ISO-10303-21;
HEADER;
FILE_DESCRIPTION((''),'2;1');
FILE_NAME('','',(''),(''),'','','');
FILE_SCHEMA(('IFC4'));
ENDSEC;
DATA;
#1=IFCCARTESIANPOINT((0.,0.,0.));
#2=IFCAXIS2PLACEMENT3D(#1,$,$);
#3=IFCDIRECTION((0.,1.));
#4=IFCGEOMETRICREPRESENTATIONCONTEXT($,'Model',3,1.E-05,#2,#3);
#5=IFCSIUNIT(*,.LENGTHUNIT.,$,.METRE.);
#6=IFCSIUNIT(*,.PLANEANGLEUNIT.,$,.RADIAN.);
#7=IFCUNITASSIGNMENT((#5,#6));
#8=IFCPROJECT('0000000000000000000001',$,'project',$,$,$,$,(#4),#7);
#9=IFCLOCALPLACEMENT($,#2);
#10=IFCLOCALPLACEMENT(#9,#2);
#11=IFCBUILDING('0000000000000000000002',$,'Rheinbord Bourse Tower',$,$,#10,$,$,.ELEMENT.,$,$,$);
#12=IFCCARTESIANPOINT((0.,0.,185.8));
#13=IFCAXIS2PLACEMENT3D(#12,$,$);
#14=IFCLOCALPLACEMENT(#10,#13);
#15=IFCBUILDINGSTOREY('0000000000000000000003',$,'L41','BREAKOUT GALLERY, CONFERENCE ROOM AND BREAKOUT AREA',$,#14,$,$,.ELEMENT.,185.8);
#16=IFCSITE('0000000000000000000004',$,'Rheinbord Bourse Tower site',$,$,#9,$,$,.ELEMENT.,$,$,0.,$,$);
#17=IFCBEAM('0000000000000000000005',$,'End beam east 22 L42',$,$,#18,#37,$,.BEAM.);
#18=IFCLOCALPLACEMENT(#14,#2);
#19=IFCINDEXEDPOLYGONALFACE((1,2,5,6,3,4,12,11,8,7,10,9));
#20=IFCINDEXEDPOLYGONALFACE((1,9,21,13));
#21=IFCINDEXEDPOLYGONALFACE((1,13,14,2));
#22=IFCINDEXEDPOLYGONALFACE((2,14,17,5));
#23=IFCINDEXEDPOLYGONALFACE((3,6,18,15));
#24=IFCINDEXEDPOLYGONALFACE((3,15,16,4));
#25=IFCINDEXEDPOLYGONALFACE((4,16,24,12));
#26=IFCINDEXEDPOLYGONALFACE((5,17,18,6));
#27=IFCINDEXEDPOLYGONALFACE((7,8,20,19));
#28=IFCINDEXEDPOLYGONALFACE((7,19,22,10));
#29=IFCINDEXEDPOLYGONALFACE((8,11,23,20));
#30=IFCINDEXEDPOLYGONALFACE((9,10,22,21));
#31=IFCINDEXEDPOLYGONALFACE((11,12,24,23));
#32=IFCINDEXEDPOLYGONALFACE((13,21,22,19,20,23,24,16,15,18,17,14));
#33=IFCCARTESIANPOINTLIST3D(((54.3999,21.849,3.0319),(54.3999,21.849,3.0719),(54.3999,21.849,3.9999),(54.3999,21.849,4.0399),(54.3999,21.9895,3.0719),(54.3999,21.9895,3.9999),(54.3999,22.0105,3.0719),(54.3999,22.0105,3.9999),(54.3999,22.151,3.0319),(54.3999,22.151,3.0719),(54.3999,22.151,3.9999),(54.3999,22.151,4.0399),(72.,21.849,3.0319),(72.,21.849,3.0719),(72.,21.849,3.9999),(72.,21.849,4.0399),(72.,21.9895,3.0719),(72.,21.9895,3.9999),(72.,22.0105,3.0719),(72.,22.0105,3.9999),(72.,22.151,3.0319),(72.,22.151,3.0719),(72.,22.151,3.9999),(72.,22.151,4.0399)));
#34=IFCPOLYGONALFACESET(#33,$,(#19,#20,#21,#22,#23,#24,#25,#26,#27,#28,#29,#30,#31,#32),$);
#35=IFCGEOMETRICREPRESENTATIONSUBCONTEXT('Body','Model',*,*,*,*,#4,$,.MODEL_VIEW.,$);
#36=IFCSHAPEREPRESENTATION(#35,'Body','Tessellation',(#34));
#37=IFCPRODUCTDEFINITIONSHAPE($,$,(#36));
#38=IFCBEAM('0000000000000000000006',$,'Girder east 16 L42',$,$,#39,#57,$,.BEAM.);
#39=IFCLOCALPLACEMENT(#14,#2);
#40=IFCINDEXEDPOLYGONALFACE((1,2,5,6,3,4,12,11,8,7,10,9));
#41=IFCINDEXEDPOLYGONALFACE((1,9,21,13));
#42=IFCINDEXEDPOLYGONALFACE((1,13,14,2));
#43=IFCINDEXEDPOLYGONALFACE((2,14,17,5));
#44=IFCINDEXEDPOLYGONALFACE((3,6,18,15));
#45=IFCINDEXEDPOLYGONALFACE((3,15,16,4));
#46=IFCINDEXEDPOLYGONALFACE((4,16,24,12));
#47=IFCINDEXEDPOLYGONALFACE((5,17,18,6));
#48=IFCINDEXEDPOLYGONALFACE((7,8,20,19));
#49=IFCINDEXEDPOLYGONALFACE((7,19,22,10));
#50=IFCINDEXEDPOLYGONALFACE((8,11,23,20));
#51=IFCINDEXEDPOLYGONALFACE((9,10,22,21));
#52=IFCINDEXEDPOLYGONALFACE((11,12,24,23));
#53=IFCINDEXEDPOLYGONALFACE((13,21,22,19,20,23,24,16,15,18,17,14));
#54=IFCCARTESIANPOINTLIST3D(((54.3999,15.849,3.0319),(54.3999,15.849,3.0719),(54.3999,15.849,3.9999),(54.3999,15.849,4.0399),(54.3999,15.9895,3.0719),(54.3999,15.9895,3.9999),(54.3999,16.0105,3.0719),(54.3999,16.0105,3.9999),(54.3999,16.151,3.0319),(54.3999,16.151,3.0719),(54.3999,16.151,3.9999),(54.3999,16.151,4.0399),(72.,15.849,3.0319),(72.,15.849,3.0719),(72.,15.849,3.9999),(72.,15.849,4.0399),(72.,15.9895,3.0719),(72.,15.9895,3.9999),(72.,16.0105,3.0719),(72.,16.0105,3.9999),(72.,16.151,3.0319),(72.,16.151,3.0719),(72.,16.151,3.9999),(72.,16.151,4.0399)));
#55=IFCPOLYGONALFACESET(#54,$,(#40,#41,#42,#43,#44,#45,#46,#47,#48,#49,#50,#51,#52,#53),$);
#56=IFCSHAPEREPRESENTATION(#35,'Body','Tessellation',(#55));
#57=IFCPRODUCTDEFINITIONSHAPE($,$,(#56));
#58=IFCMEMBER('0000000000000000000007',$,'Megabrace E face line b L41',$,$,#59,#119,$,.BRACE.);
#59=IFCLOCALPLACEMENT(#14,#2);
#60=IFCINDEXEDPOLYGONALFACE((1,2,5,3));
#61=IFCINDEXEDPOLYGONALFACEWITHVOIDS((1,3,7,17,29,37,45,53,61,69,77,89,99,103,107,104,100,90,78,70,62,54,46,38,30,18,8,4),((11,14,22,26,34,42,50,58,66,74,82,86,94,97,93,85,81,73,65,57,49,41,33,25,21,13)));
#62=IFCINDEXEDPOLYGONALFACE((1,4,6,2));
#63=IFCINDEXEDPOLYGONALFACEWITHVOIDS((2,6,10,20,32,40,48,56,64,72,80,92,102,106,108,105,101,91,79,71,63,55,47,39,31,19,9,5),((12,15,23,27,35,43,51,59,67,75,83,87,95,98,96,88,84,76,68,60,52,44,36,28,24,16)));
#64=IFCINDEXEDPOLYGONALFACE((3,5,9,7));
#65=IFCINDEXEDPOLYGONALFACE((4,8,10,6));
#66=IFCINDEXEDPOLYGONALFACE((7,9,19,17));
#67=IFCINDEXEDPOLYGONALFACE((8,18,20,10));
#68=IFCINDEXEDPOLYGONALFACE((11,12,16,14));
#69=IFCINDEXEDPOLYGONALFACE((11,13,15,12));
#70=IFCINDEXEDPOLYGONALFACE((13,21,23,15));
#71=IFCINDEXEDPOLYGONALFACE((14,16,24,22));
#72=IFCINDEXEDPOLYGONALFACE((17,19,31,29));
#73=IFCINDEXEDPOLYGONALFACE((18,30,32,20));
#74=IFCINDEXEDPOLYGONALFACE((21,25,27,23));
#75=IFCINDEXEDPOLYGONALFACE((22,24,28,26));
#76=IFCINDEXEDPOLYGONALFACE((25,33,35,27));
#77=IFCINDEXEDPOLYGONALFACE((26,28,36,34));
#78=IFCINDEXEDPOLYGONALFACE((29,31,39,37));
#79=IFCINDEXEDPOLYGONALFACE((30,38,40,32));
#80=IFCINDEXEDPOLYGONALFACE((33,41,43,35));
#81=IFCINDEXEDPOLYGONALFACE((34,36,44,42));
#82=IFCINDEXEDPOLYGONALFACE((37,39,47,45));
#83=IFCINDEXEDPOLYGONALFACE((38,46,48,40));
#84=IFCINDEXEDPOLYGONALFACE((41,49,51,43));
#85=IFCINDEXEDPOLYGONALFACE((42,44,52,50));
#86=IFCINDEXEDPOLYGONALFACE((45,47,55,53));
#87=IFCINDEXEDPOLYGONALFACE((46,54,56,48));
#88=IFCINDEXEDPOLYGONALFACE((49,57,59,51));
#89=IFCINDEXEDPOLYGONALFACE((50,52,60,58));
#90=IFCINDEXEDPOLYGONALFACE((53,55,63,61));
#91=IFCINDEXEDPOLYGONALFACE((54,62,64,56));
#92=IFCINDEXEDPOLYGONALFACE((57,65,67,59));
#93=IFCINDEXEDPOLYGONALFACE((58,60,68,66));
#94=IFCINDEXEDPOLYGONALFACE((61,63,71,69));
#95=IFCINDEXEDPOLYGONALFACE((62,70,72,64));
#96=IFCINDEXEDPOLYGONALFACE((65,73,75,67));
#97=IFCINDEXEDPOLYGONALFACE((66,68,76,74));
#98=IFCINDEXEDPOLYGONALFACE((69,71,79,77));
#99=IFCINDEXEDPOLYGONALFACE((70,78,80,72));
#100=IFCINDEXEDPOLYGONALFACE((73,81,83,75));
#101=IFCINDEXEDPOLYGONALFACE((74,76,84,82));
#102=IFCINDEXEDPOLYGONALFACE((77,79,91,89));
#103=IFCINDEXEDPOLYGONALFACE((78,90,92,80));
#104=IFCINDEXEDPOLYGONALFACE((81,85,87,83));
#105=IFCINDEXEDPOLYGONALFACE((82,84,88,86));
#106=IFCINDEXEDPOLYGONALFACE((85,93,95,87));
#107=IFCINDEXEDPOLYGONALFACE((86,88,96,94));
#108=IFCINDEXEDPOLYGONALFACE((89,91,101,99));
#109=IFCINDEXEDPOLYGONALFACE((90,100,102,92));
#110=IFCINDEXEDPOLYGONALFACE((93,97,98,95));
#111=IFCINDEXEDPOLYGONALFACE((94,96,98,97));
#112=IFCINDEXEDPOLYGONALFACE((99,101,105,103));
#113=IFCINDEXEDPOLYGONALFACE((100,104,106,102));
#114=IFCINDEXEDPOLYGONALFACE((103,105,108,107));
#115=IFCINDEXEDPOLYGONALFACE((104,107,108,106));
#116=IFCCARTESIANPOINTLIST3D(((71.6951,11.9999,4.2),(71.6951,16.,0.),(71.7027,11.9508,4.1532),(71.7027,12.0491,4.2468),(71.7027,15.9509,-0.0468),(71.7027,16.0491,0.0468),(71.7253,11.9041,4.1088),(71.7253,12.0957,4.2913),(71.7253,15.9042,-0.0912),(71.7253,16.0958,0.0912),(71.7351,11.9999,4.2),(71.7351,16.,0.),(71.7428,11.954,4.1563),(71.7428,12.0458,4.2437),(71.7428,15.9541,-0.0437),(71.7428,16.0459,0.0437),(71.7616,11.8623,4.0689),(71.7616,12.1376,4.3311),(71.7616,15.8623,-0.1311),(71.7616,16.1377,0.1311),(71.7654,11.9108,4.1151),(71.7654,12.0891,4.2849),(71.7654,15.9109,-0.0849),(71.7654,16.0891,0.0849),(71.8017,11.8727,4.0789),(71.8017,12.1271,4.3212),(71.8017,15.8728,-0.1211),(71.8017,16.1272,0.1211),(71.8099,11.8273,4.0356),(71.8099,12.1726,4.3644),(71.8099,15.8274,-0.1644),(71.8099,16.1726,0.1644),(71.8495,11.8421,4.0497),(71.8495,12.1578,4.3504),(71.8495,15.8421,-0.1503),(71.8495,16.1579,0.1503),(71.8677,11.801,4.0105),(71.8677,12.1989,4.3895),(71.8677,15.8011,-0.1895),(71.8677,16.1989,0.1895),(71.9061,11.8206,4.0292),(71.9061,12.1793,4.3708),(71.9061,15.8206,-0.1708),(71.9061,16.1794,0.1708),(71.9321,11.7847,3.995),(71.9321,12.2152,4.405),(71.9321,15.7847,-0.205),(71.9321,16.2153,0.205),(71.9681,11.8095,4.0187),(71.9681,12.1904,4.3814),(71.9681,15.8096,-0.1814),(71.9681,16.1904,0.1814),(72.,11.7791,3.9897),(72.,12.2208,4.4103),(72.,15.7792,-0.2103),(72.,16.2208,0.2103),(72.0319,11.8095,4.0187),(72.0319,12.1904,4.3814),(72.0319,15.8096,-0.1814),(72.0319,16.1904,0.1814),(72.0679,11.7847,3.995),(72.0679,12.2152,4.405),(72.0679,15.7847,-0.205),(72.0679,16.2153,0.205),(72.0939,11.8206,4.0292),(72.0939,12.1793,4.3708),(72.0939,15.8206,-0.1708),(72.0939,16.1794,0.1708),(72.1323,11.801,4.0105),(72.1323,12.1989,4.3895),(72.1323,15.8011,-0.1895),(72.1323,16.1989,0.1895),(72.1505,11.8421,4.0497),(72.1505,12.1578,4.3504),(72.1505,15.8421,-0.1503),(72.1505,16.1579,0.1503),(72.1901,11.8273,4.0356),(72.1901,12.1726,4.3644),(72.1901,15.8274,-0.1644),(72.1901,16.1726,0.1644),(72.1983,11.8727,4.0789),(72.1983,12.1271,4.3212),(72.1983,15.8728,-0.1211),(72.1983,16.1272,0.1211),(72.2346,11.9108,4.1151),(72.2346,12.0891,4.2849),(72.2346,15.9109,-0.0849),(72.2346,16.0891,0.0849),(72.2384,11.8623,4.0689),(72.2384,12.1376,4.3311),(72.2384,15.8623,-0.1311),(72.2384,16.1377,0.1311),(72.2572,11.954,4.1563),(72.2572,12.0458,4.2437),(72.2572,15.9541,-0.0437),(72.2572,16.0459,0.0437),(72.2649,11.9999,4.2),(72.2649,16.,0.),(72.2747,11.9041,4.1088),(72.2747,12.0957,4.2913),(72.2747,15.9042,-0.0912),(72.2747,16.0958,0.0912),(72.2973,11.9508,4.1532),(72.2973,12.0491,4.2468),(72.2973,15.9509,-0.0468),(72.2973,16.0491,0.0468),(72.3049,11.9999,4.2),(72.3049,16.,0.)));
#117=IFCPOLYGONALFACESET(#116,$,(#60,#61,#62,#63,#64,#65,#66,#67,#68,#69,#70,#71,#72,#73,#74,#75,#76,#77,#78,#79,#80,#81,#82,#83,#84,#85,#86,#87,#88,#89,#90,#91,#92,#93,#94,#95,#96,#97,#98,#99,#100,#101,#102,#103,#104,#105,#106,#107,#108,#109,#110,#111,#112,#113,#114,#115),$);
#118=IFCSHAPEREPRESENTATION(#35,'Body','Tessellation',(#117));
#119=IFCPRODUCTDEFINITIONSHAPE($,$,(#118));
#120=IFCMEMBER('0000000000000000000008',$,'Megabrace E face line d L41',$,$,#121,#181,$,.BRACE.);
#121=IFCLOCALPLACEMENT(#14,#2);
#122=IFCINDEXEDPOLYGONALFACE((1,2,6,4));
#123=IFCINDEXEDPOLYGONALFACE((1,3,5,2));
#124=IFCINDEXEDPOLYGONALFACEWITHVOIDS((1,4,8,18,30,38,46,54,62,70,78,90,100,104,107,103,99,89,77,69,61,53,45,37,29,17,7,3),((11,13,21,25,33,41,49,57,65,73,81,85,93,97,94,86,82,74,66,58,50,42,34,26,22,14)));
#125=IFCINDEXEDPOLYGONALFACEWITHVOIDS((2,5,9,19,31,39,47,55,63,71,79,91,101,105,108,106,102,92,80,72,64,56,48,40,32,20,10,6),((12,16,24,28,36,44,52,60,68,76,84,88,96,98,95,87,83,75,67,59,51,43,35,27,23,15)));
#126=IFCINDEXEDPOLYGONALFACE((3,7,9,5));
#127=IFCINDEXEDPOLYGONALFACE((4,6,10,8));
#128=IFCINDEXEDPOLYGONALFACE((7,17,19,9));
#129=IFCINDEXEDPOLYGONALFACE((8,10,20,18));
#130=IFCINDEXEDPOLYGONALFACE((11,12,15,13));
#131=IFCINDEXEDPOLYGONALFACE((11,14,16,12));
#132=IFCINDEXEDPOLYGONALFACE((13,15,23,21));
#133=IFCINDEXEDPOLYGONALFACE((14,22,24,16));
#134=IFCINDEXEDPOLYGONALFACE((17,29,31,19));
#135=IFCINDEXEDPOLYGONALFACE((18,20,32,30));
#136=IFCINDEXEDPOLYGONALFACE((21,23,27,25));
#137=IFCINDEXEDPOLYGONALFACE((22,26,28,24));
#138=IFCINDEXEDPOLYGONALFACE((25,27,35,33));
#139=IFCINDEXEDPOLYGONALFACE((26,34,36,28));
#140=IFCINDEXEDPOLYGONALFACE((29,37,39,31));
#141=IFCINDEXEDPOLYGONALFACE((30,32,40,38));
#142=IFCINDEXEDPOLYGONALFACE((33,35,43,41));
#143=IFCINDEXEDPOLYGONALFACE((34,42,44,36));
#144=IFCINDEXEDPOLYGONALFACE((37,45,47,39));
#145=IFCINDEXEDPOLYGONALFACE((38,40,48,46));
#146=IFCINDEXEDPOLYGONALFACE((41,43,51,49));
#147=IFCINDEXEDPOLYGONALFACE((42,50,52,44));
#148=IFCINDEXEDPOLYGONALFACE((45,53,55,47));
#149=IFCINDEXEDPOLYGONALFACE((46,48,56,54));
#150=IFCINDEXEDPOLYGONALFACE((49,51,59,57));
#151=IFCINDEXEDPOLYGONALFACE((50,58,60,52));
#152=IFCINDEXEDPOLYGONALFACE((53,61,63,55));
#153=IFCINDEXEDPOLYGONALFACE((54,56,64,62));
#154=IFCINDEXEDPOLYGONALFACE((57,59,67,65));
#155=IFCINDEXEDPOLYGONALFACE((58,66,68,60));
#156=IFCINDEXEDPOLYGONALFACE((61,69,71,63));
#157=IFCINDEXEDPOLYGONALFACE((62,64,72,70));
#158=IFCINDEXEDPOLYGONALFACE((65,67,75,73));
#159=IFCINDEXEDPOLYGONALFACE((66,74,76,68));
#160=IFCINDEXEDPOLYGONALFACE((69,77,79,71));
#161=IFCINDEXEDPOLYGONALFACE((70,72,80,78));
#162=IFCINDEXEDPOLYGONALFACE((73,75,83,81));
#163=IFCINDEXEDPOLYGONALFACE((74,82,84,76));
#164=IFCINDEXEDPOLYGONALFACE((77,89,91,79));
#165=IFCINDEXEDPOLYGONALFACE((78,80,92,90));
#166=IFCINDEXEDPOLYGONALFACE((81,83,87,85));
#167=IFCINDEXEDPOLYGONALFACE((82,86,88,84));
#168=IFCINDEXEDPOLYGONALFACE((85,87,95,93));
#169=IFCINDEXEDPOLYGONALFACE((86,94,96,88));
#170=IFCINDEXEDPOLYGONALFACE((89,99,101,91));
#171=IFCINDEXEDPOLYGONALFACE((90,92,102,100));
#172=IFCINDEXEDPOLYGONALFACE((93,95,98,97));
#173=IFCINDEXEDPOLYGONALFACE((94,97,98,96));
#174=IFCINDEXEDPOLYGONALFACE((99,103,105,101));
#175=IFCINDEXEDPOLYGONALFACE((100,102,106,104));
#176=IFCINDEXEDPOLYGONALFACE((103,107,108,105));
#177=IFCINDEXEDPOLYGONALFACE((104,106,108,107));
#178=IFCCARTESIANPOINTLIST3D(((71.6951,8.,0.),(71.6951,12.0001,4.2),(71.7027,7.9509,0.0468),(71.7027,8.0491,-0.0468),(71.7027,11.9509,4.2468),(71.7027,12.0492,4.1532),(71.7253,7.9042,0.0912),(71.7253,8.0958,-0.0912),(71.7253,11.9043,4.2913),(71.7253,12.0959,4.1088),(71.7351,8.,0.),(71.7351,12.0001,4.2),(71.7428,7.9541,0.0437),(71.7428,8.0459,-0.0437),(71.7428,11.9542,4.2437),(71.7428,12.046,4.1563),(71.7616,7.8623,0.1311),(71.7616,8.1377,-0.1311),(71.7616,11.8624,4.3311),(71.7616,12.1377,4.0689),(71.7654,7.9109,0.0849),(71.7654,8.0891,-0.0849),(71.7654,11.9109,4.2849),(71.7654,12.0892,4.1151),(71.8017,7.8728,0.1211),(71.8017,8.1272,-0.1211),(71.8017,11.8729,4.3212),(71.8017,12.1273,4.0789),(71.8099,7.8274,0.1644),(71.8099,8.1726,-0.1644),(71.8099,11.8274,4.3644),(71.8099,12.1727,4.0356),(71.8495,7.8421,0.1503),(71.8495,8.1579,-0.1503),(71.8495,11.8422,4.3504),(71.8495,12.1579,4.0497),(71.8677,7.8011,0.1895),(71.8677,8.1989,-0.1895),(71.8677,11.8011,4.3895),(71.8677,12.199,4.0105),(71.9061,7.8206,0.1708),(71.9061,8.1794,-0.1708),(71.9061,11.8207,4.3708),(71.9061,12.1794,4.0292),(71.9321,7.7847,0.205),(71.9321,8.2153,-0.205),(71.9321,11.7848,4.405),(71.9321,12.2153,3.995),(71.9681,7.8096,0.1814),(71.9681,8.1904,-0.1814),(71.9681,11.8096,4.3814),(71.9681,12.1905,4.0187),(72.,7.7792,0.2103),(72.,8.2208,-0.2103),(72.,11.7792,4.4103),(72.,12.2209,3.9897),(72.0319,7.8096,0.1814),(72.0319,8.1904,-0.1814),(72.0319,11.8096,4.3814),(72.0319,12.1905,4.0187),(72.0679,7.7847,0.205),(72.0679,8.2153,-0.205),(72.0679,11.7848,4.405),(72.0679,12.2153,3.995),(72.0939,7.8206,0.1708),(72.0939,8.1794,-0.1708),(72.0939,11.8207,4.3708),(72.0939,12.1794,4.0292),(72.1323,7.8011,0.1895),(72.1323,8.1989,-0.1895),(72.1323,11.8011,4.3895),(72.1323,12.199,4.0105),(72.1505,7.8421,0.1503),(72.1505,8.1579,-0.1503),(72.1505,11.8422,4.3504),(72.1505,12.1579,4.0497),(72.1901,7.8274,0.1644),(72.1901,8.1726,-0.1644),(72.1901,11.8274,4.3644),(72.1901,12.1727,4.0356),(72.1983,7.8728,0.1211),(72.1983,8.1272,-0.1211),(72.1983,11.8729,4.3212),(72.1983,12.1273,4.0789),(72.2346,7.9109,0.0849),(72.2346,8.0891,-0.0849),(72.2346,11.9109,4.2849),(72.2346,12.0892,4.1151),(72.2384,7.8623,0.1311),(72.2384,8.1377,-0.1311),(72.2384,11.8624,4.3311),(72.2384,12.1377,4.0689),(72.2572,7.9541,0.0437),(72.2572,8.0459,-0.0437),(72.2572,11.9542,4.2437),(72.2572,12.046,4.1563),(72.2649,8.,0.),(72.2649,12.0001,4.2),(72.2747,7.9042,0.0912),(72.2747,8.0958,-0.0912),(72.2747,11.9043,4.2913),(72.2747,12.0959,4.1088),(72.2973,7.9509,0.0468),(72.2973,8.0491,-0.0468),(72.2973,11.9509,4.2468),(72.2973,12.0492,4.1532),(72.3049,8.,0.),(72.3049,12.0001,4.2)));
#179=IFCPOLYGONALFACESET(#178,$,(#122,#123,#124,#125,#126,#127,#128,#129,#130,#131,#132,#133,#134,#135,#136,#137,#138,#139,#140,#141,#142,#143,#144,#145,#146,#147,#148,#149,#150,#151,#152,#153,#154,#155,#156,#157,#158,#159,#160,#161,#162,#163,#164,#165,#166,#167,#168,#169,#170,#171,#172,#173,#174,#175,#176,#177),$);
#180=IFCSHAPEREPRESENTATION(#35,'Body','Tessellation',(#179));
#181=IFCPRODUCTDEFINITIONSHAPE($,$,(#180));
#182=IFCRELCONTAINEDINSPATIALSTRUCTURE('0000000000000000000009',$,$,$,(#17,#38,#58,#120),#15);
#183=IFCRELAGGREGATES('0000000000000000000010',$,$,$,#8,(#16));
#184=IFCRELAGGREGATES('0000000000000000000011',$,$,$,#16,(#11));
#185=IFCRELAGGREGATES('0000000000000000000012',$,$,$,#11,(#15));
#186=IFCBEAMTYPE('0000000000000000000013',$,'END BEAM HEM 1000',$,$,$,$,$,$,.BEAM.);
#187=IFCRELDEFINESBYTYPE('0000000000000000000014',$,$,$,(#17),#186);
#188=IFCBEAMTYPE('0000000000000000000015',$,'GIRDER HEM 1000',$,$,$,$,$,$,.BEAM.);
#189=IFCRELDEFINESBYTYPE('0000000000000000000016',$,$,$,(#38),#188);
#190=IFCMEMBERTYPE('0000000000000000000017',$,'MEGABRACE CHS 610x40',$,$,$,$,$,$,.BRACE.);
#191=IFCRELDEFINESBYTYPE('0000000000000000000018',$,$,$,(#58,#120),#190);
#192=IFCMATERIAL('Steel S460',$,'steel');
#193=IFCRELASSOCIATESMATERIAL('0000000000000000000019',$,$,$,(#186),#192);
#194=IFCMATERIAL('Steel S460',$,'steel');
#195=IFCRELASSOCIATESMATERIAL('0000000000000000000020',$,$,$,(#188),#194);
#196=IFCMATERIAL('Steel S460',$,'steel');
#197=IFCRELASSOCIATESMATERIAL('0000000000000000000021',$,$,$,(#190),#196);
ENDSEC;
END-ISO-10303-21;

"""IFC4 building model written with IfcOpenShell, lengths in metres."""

from ifc_helpers import new_model, si_unit, direction, frame, origin, origin_2d, place, context, subcontext, project, spatial, hollow_circle, i_section, extrude, material, material_profile, profile_set, type_object, element, save


model = new_model("IFC4")

# Units and contexts
model_context = context("Model", 3, precision=1e-05, world=origin(), true_north=direction((0.0, 1.0)))
body_context = subcontext(model_context, "Body", "Model", "MODEL_VIEW")
ifc_project = project(units=[si_unit("LENGTHUNIT", "METRE"), si_unit("PLANEANGLEUNIT", "RADIAN")], contexts=[model_context])

# Site, building, storey
site_placement = place(None, origin())
site = spatial("IfcSite", under=ifc_project, at=site_placement, Name="Rheinbord Bourse Tower site", CompositionType="ELEMENT", RefElevation=0.0)
building_placement = place(site_placement, origin())
building = spatial("IfcBuilding", under=site, at=building_placement, Name="Rheinbord Bourse Tower", CompositionType="ELEMENT")
storey_placement = place(building_placement, frame((0.0, 0.0, 185.8)))
storey = spatial("IfcBuildingStorey", under=building, at=storey_placement, Name="L41", Description="BREAKOUT GALLERY, CONFERENCE ROOM AND BREAKOUT AREA", CompositionType="ELEMENT", Elevation=185.8)

# Beams
ifc_material_1 = material(Name="Steel S460", Category="steel")
ifc_material_profile_1 = material_profile(ifc_material_1, i_section(OverallWidth=0.302, OverallDepth=1.0081, WebThickness=0.021, FlangeThickness=0.04, at=origin_2d()), Name="HEM 1000")
ifc_profile_set_1 = profile_set([ifc_material_profile_1], Name="Steel S460")
beam_type_1 = type_object("IfcBeamType", Name="END BEAM HEM 1000", PredefinedType="BEAM", material=ifc_profile_set_1)
for number, where, z_axis, x_axis, name in (
    (1, (54.3999, 22.0, 3.5359), (1.0, 0.0, 0.0), (0.0, 1.0, 0.0), "End beam east 22 L42"),
):
    element("IfcBeam", number, at=place(storey_placement, frame(where, z_axis=z_axis, x_axis=x_axis)), inside=storey, type_object=beam_type_1, Name=name, PredefinedType="BEAM", context=body_context, shape_type="SweptSolid", body=[
        extrude(i_section(OverallWidth=0.302, OverallDepth=1.0081, WebThickness=0.021, FlangeThickness=0.04, at=origin_2d()), origin(), (0.0, 0.0, 1.0), 17.6001),
    ])
ifc_material_2 = material(Name="Steel S460", Category="steel")
ifc_material_profile_2 = material_profile(ifc_material_2, i_section(OverallWidth=0.302, OverallDepth=1.0081, WebThickness=0.021, FlangeThickness=0.04, at=origin_2d()), Name="HEM 1000")
ifc_profile_set_2 = profile_set([ifc_material_profile_2], Name="Steel S460")
beam_type_2 = type_object("IfcBeamType", Name="GIRDER HEM 1000", PredefinedType="BEAM", material=ifc_profile_set_2)
beam_1_placement = place(storey_placement, frame((54.3999, 16.0, 3.5359), z_axis=(1.0, 0.0, 0.0), x_axis=(0.0, 1.0, 0.0)))
element("IfcBeam", 2, at=beam_1_placement, inside=storey, type_object=beam_type_2, Name="Girder east 16 L42", PredefinedType="BEAM", context=body_context, shape_type="SweptSolid", body=[
    extrude(i_section(OverallWidth=0.302, OverallDepth=1.0081, WebThickness=0.021, FlangeThickness=0.04, at=origin_2d()), origin(), (0.0, 0.0, 1.0), 17.6001),
])

# Members
ifc_material_3 = material(Name="Steel S460", Category="steel")
ifc_material_profile_3 = material_profile(ifc_material_3, hollow_circle(Radius=0.3049, WallThickness=0.04, at=origin_2d()), Name="CHS 610x40")
ifc_profile_set_3 = profile_set([ifc_material_profile_3], Name="Steel S460")
member_type_1 = type_object("IfcMemberType", Name="MEGABRACE CHS 610x40", PredefinedType="BRACE", material=ifc_profile_set_3)
for number, where, z_axis, x_axis, name in (
    (3, (72.0, 16.0, 0.0), (0.0, -0.689659, 0.724134), (1.0, 0.0, 0.0), "Megabrace E face line b L41"),
    (4, (72.0, 8.0, 0.0), (0.0, 0.689659, 0.724134), (-1.0, 0.0, 0.0), "Megabrace E face line d L41"),
):
    element("IfcMember", number, at=place(storey_placement, frame(where, z_axis=z_axis, x_axis=x_axis)), inside=storey, type_object=member_type_1, Name=name, PredefinedType="BRACE", context=body_context, shape_type="SweptSolid", body=[
        extrude(hollow_circle(Radius=0.3049, WallThickness=0.04, at=origin_2d()), origin(), (0.0, 0.0, 1.0), 5.8),
    ])

save(model, "model.ifc")
